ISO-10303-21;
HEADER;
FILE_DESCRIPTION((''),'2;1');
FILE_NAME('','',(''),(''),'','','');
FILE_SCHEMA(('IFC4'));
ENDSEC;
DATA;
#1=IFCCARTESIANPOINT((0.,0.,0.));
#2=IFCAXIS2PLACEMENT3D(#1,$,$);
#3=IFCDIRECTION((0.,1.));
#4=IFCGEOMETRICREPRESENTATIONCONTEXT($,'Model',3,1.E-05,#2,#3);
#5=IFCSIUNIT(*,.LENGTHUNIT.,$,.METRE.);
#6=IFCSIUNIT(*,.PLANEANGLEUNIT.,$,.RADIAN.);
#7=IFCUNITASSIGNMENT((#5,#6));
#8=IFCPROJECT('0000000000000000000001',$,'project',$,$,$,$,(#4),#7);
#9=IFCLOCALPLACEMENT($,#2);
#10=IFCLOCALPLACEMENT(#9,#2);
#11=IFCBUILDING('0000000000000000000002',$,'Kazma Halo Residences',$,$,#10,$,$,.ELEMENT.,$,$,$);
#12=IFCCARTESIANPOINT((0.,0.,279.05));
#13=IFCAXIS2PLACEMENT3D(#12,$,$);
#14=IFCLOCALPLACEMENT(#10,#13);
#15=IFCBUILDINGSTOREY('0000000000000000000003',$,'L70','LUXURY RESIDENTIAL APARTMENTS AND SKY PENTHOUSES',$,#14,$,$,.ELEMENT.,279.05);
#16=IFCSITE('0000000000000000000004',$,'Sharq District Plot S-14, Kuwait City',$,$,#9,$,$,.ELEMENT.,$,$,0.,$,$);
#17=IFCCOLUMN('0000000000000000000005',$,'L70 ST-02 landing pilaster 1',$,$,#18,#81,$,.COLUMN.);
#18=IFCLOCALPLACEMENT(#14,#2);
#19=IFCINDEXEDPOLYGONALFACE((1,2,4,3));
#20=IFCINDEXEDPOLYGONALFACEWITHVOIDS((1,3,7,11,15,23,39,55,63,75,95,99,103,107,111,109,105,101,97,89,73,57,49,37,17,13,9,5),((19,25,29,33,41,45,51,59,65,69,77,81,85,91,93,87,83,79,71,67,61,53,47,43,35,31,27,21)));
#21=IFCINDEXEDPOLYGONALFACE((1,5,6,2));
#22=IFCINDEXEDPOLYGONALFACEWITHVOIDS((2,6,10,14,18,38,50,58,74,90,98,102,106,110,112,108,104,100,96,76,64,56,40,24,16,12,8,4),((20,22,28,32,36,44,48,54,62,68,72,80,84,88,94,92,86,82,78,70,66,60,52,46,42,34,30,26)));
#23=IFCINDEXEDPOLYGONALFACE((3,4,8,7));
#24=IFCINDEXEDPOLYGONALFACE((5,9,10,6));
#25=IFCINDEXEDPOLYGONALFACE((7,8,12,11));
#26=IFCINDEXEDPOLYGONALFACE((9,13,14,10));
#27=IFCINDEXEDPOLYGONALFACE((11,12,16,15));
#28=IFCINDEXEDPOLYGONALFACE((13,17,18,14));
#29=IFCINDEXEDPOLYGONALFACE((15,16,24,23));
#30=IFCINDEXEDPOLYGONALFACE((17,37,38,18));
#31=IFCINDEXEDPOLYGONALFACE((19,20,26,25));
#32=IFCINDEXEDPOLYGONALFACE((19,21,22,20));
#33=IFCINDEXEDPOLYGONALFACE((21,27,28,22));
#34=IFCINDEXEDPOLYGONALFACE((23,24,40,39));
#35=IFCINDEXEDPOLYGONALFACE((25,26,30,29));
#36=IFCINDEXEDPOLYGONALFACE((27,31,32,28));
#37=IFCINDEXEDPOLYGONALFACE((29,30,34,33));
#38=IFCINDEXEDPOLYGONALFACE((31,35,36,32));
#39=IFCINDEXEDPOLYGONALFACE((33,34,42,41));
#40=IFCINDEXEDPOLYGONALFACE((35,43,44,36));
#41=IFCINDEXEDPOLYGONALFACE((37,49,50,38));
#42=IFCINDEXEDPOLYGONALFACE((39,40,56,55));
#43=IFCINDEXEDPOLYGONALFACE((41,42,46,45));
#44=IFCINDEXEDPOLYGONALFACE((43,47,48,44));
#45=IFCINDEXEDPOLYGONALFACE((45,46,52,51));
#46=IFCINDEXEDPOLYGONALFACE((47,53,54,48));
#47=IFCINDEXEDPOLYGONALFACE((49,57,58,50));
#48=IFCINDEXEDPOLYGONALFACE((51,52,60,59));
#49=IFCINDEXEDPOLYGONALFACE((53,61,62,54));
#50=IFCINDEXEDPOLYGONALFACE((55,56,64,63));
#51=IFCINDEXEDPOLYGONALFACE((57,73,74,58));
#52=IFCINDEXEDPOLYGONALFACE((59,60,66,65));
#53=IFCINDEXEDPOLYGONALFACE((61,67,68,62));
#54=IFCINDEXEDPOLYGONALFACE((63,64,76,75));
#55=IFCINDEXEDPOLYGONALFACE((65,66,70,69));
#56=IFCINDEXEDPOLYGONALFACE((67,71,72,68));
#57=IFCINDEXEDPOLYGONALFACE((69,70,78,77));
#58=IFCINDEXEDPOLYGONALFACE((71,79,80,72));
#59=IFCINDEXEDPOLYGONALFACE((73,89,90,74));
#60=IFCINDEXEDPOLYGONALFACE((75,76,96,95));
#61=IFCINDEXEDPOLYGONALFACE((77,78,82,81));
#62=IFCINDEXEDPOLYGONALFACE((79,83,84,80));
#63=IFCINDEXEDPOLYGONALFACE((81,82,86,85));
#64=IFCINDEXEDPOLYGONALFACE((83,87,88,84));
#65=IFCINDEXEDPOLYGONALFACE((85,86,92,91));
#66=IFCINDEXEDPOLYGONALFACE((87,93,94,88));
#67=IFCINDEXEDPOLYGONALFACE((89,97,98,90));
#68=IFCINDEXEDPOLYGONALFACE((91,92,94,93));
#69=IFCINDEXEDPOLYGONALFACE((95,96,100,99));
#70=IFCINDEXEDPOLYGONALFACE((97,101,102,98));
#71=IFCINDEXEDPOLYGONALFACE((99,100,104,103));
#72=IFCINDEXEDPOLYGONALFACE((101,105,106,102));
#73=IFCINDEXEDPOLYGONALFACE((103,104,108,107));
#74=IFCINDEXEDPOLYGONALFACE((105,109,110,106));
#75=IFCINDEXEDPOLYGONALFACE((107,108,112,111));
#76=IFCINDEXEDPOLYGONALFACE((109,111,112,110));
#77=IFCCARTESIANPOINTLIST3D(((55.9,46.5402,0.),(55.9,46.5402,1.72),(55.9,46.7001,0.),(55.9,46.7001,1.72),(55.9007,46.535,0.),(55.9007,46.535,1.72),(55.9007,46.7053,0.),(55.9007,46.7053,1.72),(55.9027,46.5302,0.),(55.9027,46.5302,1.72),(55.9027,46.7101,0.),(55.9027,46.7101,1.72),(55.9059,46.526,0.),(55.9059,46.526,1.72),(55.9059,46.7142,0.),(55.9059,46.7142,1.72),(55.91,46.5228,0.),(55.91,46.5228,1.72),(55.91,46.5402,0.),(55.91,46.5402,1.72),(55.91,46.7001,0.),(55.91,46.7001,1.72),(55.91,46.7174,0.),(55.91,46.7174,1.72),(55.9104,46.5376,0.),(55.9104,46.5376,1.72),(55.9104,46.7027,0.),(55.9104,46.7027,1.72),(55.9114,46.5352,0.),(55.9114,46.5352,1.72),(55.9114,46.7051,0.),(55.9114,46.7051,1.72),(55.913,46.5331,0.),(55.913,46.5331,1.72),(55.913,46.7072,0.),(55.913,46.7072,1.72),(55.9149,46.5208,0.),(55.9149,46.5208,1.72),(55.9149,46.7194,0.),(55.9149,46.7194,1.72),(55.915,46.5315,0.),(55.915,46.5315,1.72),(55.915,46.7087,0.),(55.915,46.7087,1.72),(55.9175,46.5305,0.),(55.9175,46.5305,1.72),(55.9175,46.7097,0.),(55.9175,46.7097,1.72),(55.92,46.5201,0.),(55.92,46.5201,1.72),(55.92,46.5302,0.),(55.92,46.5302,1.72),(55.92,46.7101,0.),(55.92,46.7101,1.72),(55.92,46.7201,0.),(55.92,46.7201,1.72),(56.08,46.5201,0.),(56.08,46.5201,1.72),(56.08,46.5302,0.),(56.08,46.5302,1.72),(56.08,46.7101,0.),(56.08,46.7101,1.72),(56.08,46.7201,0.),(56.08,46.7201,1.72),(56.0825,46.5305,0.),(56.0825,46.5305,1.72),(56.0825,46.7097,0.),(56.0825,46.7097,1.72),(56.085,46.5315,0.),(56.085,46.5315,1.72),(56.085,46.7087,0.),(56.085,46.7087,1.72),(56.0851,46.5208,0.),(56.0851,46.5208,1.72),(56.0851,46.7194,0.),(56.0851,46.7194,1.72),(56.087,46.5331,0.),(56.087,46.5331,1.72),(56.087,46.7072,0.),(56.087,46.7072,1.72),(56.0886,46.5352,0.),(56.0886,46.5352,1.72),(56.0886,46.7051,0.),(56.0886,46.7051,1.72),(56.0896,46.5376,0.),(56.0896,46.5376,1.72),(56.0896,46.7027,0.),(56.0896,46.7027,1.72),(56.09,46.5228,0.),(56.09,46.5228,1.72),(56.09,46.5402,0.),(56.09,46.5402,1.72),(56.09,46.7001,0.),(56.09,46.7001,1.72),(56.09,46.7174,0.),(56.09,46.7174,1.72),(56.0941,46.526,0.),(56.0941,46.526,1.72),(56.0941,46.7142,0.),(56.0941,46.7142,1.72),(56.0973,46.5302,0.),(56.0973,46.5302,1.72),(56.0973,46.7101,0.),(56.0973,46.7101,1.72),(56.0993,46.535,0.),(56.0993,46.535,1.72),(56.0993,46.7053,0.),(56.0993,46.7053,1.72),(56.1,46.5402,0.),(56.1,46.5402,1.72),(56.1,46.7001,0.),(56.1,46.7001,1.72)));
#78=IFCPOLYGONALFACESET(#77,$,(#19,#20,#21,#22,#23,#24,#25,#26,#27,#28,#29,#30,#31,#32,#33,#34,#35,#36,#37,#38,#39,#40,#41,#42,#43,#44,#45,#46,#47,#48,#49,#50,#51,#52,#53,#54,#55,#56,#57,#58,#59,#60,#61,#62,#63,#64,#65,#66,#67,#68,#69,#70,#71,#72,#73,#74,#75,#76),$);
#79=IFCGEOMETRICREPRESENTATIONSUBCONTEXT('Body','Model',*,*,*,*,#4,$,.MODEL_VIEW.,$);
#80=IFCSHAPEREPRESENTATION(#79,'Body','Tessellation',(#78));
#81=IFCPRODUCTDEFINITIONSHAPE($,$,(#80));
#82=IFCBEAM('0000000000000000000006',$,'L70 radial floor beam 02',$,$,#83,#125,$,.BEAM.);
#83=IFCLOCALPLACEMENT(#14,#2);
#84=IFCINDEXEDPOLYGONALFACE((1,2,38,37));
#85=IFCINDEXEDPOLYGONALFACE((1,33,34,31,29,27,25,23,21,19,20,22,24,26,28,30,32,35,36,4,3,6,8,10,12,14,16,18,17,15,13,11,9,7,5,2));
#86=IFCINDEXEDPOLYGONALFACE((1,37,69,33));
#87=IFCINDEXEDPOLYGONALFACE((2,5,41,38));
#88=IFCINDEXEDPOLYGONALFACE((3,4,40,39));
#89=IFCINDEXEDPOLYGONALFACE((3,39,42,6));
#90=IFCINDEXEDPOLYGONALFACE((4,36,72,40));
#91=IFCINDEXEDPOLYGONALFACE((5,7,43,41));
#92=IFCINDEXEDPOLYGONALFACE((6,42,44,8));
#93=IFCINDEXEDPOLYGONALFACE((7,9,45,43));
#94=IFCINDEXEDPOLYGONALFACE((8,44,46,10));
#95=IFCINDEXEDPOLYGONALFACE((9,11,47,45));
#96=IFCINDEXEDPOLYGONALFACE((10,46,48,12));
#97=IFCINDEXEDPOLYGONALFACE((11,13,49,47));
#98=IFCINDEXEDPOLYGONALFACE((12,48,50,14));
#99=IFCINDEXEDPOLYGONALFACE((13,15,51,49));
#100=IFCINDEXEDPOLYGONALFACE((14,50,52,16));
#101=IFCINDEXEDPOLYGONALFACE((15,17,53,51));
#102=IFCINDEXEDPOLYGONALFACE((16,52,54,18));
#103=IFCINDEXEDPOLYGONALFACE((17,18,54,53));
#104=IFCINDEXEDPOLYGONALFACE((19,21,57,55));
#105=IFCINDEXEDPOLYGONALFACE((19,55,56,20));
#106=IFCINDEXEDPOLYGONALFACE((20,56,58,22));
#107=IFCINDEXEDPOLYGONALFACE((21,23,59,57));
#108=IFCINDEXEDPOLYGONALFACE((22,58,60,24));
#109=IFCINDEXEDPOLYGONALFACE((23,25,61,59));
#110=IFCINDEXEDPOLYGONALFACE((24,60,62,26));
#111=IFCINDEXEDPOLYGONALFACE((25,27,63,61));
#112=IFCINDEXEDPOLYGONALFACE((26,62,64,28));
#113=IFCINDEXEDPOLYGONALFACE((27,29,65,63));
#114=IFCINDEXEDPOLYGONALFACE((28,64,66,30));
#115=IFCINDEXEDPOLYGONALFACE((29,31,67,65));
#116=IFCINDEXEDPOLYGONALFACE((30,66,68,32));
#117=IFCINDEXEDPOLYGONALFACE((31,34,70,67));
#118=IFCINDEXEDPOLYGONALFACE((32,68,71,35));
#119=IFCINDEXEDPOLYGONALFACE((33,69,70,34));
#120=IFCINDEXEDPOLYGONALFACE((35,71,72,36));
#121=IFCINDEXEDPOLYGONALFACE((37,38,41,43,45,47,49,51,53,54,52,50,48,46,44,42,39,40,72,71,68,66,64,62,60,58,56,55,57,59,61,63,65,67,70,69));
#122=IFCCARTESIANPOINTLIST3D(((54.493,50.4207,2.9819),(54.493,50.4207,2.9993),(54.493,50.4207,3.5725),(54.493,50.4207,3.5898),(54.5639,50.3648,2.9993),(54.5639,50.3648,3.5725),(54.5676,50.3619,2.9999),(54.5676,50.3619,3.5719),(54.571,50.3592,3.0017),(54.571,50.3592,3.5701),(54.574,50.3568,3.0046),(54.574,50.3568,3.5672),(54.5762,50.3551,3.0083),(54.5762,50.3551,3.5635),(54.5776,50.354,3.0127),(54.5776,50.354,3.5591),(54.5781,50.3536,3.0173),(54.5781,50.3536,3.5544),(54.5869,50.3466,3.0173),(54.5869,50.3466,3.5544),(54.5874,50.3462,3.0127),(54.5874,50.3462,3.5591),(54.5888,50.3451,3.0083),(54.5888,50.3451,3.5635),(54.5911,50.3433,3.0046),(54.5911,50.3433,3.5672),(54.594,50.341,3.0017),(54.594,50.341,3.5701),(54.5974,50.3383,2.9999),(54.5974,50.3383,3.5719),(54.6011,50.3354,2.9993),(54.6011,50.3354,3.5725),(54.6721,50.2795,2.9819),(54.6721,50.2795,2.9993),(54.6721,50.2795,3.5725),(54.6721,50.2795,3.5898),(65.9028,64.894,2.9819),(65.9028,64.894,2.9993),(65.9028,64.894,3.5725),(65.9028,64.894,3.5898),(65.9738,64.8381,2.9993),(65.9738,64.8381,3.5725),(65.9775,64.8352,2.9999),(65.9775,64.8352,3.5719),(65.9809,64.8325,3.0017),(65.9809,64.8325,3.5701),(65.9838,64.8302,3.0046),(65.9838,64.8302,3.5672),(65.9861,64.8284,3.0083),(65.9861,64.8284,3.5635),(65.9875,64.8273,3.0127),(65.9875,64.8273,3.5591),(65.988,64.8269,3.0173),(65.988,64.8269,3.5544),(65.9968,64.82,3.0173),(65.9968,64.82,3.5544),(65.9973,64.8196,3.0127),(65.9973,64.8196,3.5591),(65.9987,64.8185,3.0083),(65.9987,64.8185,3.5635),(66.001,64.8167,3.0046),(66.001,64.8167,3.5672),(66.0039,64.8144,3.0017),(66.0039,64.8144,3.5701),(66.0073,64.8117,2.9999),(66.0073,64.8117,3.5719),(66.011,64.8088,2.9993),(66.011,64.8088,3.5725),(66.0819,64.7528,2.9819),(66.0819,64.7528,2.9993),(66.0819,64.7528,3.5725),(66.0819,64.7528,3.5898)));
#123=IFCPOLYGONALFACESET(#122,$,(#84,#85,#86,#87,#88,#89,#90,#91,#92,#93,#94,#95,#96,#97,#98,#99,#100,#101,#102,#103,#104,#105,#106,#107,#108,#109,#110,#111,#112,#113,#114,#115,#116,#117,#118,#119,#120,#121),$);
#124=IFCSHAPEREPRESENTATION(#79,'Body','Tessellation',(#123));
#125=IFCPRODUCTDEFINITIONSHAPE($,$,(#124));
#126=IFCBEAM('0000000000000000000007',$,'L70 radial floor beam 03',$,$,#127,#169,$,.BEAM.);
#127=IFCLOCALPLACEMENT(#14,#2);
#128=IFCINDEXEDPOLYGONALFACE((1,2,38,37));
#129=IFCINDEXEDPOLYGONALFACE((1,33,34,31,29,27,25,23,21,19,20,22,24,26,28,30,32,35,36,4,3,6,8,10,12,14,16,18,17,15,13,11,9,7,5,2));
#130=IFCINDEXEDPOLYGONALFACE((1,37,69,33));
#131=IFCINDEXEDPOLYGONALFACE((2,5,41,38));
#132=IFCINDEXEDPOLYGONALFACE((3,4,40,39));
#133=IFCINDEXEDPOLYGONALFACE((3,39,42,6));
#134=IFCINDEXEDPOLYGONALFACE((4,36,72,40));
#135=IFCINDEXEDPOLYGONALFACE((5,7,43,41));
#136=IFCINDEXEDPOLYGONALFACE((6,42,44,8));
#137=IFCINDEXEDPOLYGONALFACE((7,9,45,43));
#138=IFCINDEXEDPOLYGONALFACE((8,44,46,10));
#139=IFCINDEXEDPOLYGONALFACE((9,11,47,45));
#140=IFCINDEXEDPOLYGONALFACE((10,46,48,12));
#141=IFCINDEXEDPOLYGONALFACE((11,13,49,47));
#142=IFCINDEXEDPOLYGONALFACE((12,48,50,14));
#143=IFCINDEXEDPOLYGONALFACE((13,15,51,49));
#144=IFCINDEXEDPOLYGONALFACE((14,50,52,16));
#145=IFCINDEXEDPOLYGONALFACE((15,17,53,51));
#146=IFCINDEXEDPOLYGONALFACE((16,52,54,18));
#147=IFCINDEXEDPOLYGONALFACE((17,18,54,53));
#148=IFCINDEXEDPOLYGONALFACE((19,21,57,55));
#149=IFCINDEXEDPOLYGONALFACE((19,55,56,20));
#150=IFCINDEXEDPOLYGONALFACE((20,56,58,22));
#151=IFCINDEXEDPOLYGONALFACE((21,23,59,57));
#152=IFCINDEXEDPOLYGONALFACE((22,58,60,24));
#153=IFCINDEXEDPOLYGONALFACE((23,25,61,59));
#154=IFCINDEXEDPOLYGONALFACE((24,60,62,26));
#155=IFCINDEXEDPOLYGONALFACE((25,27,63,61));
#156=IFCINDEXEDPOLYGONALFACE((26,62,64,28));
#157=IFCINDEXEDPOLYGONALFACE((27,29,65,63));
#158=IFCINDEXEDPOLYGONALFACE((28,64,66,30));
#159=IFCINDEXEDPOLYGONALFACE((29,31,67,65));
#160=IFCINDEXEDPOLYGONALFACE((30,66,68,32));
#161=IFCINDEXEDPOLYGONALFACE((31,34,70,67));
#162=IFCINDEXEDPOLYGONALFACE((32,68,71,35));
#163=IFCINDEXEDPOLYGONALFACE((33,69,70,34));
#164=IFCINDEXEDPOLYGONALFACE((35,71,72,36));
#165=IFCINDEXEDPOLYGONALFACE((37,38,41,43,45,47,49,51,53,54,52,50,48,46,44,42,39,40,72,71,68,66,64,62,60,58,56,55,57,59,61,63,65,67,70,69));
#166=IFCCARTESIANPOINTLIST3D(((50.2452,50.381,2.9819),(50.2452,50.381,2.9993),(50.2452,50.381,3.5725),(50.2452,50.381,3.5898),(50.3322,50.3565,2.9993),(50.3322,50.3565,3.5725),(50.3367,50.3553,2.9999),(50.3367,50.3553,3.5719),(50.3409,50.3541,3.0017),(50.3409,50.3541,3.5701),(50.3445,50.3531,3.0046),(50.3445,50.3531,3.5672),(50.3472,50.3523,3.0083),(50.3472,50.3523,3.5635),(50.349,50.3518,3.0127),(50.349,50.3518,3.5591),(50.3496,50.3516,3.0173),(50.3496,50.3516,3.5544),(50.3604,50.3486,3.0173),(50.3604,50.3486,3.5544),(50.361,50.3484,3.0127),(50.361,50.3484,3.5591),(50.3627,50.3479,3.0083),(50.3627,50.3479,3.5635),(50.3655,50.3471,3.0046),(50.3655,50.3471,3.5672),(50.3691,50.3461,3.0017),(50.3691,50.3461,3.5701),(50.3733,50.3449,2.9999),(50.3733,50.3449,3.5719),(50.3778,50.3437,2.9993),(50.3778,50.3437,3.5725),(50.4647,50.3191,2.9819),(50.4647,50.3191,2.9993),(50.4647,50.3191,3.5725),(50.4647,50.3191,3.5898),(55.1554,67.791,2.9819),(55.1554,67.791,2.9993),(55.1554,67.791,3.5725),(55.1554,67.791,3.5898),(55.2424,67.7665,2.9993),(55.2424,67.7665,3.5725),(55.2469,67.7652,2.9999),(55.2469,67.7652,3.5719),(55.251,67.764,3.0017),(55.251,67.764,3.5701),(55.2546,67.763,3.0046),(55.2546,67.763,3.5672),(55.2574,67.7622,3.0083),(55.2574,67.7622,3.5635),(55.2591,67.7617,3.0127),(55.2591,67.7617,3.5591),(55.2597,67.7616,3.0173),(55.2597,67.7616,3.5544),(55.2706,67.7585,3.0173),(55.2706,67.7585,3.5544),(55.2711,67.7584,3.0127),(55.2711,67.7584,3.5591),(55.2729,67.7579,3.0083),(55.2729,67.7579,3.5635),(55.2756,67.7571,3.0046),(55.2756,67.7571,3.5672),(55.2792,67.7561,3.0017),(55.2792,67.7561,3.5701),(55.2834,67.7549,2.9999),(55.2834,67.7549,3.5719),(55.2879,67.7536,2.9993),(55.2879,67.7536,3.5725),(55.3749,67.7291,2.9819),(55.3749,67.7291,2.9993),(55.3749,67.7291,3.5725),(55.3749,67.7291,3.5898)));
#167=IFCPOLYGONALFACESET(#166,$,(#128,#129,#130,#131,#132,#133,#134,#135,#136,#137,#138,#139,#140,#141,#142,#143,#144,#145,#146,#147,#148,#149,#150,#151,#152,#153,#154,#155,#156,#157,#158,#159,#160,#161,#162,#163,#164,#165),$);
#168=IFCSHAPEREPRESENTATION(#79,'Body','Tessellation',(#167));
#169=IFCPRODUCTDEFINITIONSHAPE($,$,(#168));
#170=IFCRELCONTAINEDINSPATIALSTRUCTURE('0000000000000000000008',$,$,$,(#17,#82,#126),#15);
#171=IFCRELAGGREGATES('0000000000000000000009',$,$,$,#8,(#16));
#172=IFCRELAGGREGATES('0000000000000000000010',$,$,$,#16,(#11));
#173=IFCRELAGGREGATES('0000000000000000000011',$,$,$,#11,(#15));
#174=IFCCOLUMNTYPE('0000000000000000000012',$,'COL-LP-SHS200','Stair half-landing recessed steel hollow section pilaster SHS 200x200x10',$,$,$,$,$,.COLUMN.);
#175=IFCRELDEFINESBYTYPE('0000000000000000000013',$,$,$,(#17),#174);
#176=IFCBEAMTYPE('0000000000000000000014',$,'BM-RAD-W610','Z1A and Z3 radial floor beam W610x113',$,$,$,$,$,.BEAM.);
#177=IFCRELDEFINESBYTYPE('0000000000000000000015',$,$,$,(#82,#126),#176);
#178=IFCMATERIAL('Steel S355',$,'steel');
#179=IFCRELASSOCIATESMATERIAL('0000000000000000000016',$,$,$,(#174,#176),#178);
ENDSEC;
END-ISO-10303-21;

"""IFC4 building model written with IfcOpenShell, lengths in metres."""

from ifc_helpers import new_model, si_unit, direction, frame, origin, origin_2d, place, context, subcontext, project, spatial, hollow_rectangle, i_section, extrude, material, material_profile, profile_set, type_object, element, save


model = new_model("IFC4")

# Units and contexts
model_context = context("Model", 3, precision=1e-05, world=origin(), true_north=direction((0.0, 1.0)))
body_context = subcontext(model_context, "Body", "Model", "MODEL_VIEW")
ifc_project = project(units=[si_unit("LENGTHUNIT", "METRE"), si_unit("PLANEANGLEUNIT", "RADIAN")], contexts=[model_context])

# Site, building, storey
site_placement = place(None, origin())
site = spatial("IfcSite", under=ifc_project, at=site_placement, Name="Sharq District Plot S-14, Kuwait City", CompositionType="ELEMENT", RefElevation=0.0)
building_placement = place(site_placement, origin())
building = spatial("IfcBuilding", under=site, at=building_placement, Name="Kazma Halo Residences", CompositionType="ELEMENT")
storey_placement = place(building_placement, frame((0.0, 0.0, 279.05)))
storey = spatial("IfcBuildingStorey", under=building, at=storey_placement, Name="L70", Description="LUXURY RESIDENTIAL APARTMENTS AND SKY PENTHOUSES", CompositionType="ELEMENT", Elevation=279.05)

# Column
ifc_material_1 = material(Name="Steel S355", Category="steel")
ifc_material_profile_1 = material_profile(ifc_material_1, hollow_rectangle(XDim=0.2, YDim=0.2, WallThickness=0.01, InnerFilletRadius=0.01, OuterFilletRadius=0.02, at=origin_2d()), Name="SHS200x200x10")
ifc_profile_set_1 = profile_set([ifc_material_profile_1], Name="Steel S355")
column_type = type_object("IfcColumnType", Name="COL-LP-SHS200", Description="Stair half-landing recessed steel hollow section pilaster SHS 200x200x10", PredefinedType="COLUMN", material=ifc_profile_set_1)
column_placement = place(storey_placement, frame((56.0, 46.6201, 0.0), z_axis=(0.0, 0.0, 1.0), x_axis=(1.0, 0.0, 0.0)))
element("IfcColumn", 1, at=column_placement, inside=storey, type_object=column_type, Name="L70 ST-02 landing pilaster 1", PredefinedType="COLUMN", context=body_context, shape_type="SweptSolid", body=[
    extrude(hollow_rectangle(XDim=0.2, YDim=0.2, WallThickness=0.01, InnerFilletRadius=0.01, OuterFilletRadius=0.02, at=origin_2d()), origin(), (0.0, 0.0, 1.0), 1.72),
])

# Beams
ifc_material_profile_2 = material_profile(ifc_material_1, i_section(OverallWidth=0.228, OverallDepth=0.6079, WebThickness=0.0112, FlangeThickness=0.0173, FilletRadius=0.0181, at=origin_2d()), Name="W610x113")
ifc_profile_set_2 = profile_set([ifc_material_profile_2], Name="Steel S355")
beam_type_1 = type_object("IfcBeamType", Name="BM-RAD-W610", Description="Z1A and Z3 radial floor beam W610x113", PredefinedType="BEAM", material=ifc_profile_set_2)
beam_1_placement = place(storey_placement, frame((54.5825, 50.3501, 3.2859), z_axis=(0.619094, 0.785317, 0.0), x_axis=(-0.785317, 0.619094, 0.0)))
element("IfcBeam", 2, at=beam_1_placement, inside=storey, type_object=beam_type_1, Name="L70 radial floor beam 02", PredefinedType="BEAM", context=body_context, shape_type="SweptSolid", body=[
    extrude(i_section(OverallWidth=0.228, OverallDepth=0.6079, WebThickness=0.0112, FlangeThickness=0.0173, FilletRadius=0.0181, at=origin_2d()), origin(), (0.0, 0.0, 1.0), 18.4299),
])
beam_2_placement = place(storey_placement, frame((50.355, 50.3501, 3.2859), z_axis=(0.271443, 0.962454, 0.0), x_axis=(-0.962454, 0.271443, 0.0)))
element("IfcBeam", 3, at=beam_2_placement, inside=storey, type_object=beam_type_1, Name="L70 radial floor beam 03", PredefinedType="BEAM", context=body_context, shape_type="SweptSolid", body=[
    extrude(i_section(OverallWidth=0.228, OverallDepth=0.6079, WebThickness=0.0112, FlangeThickness=0.0173, FilletRadius=0.0181, at=origin_2d()), origin(), (0.0, 0.0, 1.0), 18.0891),
])

save(model, "model.ifc")
